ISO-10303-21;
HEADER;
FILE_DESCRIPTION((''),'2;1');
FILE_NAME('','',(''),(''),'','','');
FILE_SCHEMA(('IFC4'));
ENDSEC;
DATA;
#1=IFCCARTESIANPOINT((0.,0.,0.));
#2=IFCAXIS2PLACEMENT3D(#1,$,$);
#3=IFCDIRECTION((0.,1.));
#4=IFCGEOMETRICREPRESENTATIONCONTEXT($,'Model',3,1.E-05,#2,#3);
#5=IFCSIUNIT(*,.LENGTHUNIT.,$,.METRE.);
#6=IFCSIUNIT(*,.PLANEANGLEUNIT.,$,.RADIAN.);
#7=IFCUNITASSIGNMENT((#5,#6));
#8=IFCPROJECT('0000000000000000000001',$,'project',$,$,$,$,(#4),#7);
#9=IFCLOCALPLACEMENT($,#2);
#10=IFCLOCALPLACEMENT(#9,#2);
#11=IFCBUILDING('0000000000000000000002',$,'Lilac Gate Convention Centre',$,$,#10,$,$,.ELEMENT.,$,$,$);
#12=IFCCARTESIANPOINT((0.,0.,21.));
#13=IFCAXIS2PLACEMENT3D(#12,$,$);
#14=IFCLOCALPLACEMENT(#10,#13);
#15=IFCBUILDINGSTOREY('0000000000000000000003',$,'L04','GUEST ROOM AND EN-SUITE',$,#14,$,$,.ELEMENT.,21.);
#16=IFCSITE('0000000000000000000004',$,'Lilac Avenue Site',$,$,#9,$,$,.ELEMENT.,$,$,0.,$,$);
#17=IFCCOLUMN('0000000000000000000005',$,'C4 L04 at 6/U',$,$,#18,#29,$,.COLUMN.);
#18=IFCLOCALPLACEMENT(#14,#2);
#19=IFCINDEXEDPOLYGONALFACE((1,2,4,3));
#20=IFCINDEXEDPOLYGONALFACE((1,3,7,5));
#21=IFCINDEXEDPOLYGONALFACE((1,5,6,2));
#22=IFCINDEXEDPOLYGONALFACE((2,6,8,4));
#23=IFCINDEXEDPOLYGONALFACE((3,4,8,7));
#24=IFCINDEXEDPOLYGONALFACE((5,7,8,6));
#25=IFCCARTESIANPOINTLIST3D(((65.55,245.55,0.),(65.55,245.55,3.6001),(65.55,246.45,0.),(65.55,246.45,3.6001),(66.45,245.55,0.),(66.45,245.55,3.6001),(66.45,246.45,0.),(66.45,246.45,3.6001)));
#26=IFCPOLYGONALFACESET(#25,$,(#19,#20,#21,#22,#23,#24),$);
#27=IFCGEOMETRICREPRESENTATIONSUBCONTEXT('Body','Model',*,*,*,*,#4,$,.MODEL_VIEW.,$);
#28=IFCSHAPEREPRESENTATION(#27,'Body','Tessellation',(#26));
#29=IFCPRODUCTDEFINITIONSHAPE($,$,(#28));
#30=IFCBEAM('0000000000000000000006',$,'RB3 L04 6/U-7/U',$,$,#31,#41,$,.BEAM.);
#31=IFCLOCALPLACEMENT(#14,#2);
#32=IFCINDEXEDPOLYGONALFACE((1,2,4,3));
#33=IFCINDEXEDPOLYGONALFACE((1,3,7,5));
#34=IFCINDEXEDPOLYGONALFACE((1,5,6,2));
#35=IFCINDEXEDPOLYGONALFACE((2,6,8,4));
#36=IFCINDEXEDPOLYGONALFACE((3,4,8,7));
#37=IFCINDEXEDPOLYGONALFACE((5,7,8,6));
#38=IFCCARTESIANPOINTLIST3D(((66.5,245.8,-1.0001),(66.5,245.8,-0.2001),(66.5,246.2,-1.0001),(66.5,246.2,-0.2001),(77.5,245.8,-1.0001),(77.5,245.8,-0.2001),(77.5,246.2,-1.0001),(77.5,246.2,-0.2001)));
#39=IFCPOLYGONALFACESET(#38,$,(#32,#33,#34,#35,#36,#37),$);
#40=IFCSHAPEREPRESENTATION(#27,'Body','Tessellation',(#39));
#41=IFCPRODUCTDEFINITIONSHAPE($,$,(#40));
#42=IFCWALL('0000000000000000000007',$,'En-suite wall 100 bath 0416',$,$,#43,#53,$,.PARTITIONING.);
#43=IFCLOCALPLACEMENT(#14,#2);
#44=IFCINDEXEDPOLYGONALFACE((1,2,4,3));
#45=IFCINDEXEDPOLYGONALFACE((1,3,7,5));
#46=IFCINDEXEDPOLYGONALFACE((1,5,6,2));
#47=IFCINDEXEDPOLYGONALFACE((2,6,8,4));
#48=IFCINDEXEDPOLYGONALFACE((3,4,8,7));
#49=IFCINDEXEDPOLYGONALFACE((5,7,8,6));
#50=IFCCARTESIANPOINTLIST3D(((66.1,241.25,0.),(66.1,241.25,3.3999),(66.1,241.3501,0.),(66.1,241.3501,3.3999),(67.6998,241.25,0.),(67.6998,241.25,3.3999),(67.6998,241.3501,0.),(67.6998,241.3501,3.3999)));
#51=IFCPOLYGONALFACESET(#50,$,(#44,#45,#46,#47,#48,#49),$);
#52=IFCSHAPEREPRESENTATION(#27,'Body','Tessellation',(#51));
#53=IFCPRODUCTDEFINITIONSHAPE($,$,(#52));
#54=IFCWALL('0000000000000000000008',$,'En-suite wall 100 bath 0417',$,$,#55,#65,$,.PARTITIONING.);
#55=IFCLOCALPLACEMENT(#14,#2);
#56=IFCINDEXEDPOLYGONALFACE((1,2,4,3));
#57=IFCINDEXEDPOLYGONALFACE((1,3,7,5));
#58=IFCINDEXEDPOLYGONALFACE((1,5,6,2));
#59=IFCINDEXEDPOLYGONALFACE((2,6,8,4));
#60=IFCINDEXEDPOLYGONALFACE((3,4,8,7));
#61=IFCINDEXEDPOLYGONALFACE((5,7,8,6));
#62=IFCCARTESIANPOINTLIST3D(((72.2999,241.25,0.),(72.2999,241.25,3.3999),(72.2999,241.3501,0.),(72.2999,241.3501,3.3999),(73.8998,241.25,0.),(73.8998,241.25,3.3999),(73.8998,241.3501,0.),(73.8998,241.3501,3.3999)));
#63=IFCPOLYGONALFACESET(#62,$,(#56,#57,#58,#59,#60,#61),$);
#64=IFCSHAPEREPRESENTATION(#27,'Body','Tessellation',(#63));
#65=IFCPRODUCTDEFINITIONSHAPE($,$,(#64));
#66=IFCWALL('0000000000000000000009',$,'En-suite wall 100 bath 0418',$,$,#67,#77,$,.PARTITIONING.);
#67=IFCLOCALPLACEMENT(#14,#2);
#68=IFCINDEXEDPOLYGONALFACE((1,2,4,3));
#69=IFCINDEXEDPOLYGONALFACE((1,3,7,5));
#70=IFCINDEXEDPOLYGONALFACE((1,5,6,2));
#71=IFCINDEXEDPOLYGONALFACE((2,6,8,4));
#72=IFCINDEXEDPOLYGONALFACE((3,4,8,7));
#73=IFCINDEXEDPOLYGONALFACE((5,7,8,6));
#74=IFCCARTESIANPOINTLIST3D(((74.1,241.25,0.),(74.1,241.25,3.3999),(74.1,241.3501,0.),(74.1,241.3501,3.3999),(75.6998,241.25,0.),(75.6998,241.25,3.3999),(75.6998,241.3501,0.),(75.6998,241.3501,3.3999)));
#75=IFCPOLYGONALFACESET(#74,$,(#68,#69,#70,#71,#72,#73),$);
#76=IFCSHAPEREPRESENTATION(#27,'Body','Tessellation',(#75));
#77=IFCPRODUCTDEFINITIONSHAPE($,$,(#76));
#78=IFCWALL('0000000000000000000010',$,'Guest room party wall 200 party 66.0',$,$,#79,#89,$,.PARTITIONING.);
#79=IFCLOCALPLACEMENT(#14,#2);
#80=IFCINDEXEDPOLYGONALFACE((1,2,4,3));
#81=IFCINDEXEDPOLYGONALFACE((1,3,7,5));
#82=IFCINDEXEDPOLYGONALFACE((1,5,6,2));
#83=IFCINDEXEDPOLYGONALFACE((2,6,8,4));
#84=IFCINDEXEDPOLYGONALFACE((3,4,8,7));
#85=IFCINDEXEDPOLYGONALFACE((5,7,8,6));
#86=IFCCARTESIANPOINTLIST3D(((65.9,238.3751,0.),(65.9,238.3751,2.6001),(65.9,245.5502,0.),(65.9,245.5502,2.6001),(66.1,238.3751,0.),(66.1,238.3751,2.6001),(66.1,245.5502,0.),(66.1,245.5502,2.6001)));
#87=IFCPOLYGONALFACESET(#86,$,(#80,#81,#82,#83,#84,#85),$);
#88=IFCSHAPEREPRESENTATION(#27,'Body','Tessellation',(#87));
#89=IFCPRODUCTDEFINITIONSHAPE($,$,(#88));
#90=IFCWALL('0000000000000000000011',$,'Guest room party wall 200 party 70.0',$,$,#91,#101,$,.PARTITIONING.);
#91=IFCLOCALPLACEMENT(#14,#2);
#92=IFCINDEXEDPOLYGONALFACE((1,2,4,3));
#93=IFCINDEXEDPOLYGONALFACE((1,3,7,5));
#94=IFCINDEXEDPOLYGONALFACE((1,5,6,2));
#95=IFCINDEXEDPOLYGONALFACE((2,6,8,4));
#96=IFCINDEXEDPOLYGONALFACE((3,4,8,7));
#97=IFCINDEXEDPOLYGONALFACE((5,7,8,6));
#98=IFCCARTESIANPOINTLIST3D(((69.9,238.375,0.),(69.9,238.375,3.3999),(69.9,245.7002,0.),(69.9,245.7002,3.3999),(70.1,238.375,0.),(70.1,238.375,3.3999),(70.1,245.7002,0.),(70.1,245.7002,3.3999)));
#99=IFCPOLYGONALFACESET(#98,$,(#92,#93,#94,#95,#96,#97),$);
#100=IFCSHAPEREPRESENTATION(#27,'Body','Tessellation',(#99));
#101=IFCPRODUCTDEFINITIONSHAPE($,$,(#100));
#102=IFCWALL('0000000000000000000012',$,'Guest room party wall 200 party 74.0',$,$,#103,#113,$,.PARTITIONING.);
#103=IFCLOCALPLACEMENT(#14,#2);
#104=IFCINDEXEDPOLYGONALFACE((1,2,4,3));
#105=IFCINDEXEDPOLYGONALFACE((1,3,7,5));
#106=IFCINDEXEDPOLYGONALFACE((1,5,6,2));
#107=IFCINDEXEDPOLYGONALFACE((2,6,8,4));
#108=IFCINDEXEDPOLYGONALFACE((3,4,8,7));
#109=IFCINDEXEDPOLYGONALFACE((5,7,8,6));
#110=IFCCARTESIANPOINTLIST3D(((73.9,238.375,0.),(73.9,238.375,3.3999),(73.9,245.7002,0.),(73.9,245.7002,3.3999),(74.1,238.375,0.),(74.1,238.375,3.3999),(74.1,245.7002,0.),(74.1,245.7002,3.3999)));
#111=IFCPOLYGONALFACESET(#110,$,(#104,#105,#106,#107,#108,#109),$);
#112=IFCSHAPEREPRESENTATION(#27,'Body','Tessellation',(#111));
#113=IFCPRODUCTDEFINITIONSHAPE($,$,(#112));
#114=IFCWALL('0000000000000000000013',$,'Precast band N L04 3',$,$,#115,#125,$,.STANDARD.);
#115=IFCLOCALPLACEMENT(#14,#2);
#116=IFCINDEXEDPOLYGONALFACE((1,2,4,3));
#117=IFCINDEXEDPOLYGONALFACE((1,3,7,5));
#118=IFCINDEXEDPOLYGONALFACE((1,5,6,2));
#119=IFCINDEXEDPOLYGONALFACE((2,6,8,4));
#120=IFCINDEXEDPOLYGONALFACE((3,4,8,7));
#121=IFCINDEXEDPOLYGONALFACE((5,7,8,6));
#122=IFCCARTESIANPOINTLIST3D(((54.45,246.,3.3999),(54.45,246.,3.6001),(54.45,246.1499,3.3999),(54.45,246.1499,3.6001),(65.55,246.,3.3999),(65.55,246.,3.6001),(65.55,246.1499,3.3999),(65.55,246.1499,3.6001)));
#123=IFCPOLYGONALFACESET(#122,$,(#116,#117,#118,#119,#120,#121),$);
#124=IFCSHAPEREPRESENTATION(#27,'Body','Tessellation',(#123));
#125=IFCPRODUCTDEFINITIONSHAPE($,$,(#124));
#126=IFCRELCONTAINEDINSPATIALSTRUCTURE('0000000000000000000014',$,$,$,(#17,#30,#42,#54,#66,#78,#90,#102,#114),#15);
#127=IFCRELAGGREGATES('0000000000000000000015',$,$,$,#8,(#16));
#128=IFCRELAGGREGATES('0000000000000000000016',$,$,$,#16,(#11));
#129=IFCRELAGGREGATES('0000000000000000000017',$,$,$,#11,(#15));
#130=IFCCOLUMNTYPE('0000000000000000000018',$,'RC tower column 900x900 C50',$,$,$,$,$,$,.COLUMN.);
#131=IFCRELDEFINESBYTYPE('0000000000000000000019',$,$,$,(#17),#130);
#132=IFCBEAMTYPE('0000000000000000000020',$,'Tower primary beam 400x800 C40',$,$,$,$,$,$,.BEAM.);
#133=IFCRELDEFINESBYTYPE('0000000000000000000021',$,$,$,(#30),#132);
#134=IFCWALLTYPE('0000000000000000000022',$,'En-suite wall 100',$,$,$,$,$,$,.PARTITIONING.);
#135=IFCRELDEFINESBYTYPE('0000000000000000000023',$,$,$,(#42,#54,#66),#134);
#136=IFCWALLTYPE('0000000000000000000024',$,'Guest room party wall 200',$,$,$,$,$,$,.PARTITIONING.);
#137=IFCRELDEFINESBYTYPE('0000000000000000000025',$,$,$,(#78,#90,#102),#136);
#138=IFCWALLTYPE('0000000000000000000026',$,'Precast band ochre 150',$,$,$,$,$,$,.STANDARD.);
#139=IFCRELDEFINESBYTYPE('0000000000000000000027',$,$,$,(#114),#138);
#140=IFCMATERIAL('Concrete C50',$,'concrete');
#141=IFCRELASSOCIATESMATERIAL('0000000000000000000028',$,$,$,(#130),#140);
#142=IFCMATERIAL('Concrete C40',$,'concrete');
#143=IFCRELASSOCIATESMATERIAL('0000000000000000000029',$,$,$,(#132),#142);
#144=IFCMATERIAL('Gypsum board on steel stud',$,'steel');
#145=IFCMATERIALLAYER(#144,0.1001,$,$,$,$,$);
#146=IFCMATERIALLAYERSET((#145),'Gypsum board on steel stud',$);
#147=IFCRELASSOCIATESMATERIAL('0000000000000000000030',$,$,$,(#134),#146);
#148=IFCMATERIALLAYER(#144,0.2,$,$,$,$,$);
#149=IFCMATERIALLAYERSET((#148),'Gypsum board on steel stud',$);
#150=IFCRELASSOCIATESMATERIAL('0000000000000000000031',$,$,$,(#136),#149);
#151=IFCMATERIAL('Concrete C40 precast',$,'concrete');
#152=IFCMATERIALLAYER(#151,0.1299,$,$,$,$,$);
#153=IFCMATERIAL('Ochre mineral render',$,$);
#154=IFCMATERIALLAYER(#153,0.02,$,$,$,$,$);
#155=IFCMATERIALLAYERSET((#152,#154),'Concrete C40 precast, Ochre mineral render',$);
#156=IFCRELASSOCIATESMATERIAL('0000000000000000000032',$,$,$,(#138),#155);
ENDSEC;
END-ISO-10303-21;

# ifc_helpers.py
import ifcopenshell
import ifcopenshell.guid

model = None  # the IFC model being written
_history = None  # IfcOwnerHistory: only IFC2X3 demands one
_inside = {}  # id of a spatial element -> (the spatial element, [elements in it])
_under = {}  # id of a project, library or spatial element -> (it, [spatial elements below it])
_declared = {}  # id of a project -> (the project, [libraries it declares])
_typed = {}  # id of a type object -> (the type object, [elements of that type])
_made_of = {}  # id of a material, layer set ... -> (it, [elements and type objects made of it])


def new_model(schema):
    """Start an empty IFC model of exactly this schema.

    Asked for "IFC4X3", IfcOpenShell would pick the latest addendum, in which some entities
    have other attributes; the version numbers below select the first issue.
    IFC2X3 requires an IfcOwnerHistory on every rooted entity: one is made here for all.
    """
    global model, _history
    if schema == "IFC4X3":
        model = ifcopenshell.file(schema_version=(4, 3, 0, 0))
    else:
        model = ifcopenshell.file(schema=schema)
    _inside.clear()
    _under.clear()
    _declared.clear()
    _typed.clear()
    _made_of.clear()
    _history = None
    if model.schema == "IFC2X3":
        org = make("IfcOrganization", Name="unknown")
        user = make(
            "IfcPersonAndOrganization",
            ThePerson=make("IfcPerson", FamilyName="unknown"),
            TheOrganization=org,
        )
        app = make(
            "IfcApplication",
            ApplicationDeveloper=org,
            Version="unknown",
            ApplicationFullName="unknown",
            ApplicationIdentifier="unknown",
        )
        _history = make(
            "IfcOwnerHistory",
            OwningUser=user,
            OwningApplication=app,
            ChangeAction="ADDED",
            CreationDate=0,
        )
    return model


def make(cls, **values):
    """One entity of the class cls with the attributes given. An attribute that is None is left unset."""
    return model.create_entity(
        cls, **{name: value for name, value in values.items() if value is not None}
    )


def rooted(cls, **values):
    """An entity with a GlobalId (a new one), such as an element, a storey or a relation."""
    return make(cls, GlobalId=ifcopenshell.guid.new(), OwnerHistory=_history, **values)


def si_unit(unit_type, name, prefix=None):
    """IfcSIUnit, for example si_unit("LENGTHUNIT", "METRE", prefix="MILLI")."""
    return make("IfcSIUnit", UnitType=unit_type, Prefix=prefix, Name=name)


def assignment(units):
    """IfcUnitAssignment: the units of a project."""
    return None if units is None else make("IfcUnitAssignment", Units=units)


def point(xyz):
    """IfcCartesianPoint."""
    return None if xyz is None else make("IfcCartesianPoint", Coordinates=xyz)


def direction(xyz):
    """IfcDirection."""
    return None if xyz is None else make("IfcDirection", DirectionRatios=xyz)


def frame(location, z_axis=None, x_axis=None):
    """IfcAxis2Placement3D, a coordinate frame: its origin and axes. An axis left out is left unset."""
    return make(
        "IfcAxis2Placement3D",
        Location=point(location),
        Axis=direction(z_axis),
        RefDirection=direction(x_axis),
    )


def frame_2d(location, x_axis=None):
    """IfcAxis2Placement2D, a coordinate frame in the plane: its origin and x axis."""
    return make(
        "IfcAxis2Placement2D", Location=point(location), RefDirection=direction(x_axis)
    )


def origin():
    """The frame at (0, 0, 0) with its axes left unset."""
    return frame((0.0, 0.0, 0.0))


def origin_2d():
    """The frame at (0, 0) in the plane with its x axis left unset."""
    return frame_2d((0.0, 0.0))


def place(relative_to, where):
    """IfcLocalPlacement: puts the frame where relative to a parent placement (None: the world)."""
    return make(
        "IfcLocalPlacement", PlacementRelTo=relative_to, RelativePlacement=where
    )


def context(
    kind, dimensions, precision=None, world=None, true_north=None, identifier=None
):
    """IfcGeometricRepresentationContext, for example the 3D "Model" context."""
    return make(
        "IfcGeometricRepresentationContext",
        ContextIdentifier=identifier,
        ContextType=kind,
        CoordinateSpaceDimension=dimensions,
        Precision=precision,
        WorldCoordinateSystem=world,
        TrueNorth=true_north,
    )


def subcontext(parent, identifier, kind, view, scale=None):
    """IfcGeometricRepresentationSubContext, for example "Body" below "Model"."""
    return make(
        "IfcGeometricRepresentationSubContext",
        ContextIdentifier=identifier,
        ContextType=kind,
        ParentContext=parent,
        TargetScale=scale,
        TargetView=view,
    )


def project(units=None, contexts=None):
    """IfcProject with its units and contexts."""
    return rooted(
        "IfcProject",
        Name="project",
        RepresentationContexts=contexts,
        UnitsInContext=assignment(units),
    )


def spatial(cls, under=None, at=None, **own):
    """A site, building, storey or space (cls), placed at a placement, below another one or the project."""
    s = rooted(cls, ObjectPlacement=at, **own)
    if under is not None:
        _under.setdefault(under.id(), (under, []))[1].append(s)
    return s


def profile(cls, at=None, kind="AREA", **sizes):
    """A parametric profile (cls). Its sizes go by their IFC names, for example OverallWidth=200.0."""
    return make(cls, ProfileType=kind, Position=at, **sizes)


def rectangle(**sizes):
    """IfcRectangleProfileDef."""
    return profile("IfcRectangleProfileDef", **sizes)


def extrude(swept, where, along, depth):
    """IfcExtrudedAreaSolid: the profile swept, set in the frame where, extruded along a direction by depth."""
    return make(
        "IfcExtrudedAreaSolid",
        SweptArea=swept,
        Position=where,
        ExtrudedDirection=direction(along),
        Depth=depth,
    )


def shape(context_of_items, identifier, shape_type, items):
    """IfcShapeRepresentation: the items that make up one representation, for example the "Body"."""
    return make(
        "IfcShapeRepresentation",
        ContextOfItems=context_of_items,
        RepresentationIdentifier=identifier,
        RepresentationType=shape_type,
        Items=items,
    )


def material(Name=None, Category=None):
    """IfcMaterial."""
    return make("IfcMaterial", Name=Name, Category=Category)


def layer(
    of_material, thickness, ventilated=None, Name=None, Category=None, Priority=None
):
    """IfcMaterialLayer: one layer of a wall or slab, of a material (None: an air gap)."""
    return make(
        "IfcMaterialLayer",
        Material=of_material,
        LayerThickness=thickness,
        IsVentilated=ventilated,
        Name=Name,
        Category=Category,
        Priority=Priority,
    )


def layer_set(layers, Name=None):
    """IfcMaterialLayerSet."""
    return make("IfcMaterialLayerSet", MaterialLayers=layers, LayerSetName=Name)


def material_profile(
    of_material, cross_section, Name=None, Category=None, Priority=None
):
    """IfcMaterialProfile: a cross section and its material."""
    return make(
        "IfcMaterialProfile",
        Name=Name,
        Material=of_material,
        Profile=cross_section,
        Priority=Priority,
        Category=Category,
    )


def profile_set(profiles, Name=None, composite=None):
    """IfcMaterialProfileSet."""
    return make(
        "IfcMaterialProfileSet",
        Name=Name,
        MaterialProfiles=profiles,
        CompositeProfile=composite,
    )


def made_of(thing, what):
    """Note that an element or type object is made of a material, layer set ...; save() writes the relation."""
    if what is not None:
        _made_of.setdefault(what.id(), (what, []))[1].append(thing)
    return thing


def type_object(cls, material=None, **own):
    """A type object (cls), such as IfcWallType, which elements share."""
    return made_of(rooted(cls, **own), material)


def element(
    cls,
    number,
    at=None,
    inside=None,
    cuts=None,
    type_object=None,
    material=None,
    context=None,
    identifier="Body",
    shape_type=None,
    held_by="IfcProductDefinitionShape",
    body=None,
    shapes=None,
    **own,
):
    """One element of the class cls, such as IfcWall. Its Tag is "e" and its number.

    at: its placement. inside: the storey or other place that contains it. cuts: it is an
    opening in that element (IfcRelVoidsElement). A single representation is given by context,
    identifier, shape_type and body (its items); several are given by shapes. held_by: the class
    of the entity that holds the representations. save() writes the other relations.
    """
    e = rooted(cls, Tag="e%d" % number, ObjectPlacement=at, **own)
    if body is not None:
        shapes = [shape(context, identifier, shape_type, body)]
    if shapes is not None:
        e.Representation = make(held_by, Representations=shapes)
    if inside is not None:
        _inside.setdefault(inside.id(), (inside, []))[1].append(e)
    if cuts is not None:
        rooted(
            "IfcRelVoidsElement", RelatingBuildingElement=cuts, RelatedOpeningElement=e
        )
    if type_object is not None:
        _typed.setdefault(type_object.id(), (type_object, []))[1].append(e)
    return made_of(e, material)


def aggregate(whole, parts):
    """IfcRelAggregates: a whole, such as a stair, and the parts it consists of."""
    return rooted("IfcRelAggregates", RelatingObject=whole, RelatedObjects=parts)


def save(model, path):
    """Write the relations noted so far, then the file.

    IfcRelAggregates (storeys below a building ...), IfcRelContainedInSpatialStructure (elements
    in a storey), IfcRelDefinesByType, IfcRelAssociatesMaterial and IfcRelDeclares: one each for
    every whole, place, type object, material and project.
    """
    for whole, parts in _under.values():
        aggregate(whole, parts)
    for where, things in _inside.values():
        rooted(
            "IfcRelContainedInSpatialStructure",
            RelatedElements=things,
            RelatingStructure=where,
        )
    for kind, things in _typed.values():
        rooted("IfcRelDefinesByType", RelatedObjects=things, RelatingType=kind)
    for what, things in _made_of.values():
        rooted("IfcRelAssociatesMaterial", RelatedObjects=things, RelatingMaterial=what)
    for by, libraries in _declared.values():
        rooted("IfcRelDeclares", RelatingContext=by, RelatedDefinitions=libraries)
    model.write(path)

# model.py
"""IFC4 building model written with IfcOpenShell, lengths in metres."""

from ifc_helpers import new_model, si_unit, direction, frame, frame_2d, origin, origin_2d, place, context, subcontext, project, spatial, rectangle, extrude, material, layer, layer_set, material_profile, profile_set, type_object, element, save


model = new_model("IFC4")

# Units and contexts
model_context = context("Model", 3, precision=1e-05, world=origin(), true_north=direction((0.0, 1.0)))
body_context = subcontext(model_context, "Body", "Model", "MODEL_VIEW")
ifc_project = project(units=[si_unit("LENGTHUNIT", "METRE"), si_unit("PLANEANGLEUNIT", "RADIAN")], contexts=[model_context])

# Site, building, storey
site_placement = place(None, origin())
site = spatial("IfcSite", under=ifc_project, at=site_placement, Name="Lilac Avenue Site", CompositionType="ELEMENT", RefElevation=0.0)
building_placement = place(site_placement, origin())
building = spatial("IfcBuilding", under=site, at=building_placement, Name="Lilac Gate Convention Centre", CompositionType="ELEMENT")
storey_placement = place(building_placement, frame((0.0, 0.0, 21.0)))
storey = spatial("IfcBuildingStorey", under=building, at=storey_placement, Name="L04", Description="GUEST ROOM AND EN-SUITE", CompositionType="ELEMENT", Elevation=21.0)

# Column
ifc_material_1 = material(Name="Concrete C50", Category="concrete")
ifc_material_profile_1 = material_profile(ifc_material_1, rectangle(XDim=0.8999, YDim=0.8999, at=origin_2d()), Name="RC 900x900")
ifc_profile_set_1 = profile_set([ifc_material_profile_1], Name="Concrete C50")
column_type = type_object("IfcColumnType", Name="RC tower column 900x900 C50", PredefinedType="COLUMN", material=ifc_profile_set_1)
column_placement = place(storey_placement, frame((66.0, 246.0, 0.0), z_axis=(0.0, 0.0, 1.0), x_axis=(1.0, 0.0, 0.0)))
element("IfcColumn", 1, at=column_placement, inside=storey, type_object=column_type, Name="C4 L04 at 6/U", PredefinedType="COLUMN", context=body_context, shape_type="SweptSolid", body=[
    extrude(rectangle(XDim=0.8999, YDim=0.8999, at=origin_2d()), origin(), (0.0, 0.0, 1.0), 3.6001),
])

# Beam
ifc_material_2 = material(Name="Concrete C40", Category="concrete")
ifc_material_profile_2 = material_profile(ifc_material_2, rectangle(XDim=0.3999, YDim=0.8, at=origin_2d()), Name="RC 400x800")
ifc_profile_set_2 = profile_set([ifc_material_profile_2], Name="Concrete C40")
beam_type = type_object("IfcBeamType", Name="Tower primary beam 400x800 C40", PredefinedType="BEAM", material=ifc_profile_set_2)
beam_placement = place(storey_placement, frame((66.5, 246.0, -0.6001), z_axis=(1.0, 0.0, 0.0), x_axis=(0.0, 1.0, 0.0)))
element("IfcBeam", 2, at=beam_placement, inside=storey, type_object=beam_type, Name="RB3 L04 6/U-7/U", PredefinedType="BEAM", context=body_context, shape_type="SweptSolid", body=[
    extrude(rectangle(XDim=0.3999, YDim=0.8, at=origin_2d()), origin(), (0.0, 0.0, 1.0), 11.0),
])

# Walls
ifc_material_3 = material(Name="Gypsum board on steel stud", Category="steel")
ifc_layer_1 = layer(ifc_material_3, 0.1001)
ifc_layer_set_1 = layer_set([ifc_layer_1], Name="Gypsum board on steel stud")
wall_type_1 = type_object("IfcWallType", Name="En-suite wall 100", PredefinedType="PARTITIONING", material=ifc_layer_set_1)
for number, where, z_axis, x_axis, name in (
    (3, (66.1001, 241.3, 0.0), (0.0, 0.0, 1.0), (1.0, 0.0, 0.0), "En-suite wall 100 bath 0416"),
    (4, (72.3, 241.3, 0.0), (0.0, 0.0, 1.0), (1.0, 0.0, 0.0), "En-suite wall 100 bath 0417"),
    (5, (74.1001, 241.3, 0.0), (0.0, 0.0, 1.0), (1.0, 0.0, 0.0), "En-suite wall 100 bath 0418"),
):
    element("IfcWall", number, at=place(storey_placement, frame(where, z_axis=z_axis, x_axis=x_axis)), inside=storey, type_object=wall_type_1, Name=name, PredefinedType="PARTITIONING", context=body_context, shape_type="SweptSolid", body=[
        extrude(rectangle(XDim=1.5999, YDim=0.1001, at=frame_2d((0.7998, 0.0))), origin(), (0.0, 0.0, 1.0), 3.3999),
    ])
ifc_layer_2 = layer(ifc_material_3, 0.2)
ifc_layer_set_2 = layer_set([ifc_layer_2], Name="Gypsum board on steel stud")
wall_type_2 = type_object("IfcWallType", Name="Guest room party wall 200", PredefinedType="PARTITIONING", material=ifc_layer_set_2)
wall_1_placement = place(storey_placement, frame((66.0, 245.55, 0.0), z_axis=(0.0, 0.0, 1.0), x_axis=(0.0, -1.0, 0.0)))
element("IfcWall", 6, at=wall_1_placement, inside=storey, type_object=wall_type_2, Name="Guest room party wall 200 party 66.0", PredefinedType="PARTITIONING", context=body_context, shape_type="SweptSolid", body=[
    extrude(rectangle(XDim=7.175, YDim=0.2, at=frame_2d((3.5874, 0.0))), origin(), (0.0, 0.0, 1.0), 2.6001),
])
for number, where, z_axis, x_axis, name in (
    (7, (70.0, 245.7002, 0.0), (0.0, 0.0, 1.0), (0.0, -1.0, 0.0), "Guest room party wall 200 party 70.0"),
    (8, (74.0, 245.7002, 0.0), (0.0, 0.0, 1.0), (0.0, -1.0, 0.0), "Guest room party wall 200 party 74.0"),
):
    element("IfcWall", number, at=place(storey_placement, frame(where, z_axis=z_axis, x_axis=x_axis)), inside=storey, type_object=wall_type_2, Name=name, PredefinedType="PARTITIONING", context=body_context, shape_type="SweptSolid", body=[
        extrude(rectangle(XDim=7.3252, YDim=0.2, at=frame_2d((3.6626, 0.0))), origin(), (0.0, 0.0, 1.0), 3.3999),
    ])
ifc_material_4 = material(Name="Concrete C40 precast", Category="concrete")
ifc_layer_3 = layer(ifc_material_4, 0.1299)
ifc_material_5 = material(Name="Ochre mineral render")
ifc_layer_4 = layer(ifc_material_5, 0.02)
ifc_layer_set_3 = layer_set([ifc_layer_3, ifc_layer_4], Name="Concrete C40 precast, Ochre mineral render")
wall_type_3 = type_object("IfcWallType", Name="Precast band ochre 150", PredefinedType="STANDARD", material=ifc_layer_set_3)
wall_2_placement = place(storey_placement, frame((65.55, 246.075, 3.3999), z_axis=(0.0, 0.0, 1.0), x_axis=(-1.0, 0.0, 0.0)))
element("IfcWall", 9, at=wall_2_placement, inside=storey, type_object=wall_type_3, Name="Precast band N L04 3", PredefinedType="STANDARD", context=body_context, shape_type="SweptSolid", body=[
    extrude(rectangle(XDim=11.1001, YDim=0.1499, at=frame_2d((5.55, 0.0))), origin(), (0.0, 0.0, 1.0), 0.2002),
])

save(model, "model.ifc")
